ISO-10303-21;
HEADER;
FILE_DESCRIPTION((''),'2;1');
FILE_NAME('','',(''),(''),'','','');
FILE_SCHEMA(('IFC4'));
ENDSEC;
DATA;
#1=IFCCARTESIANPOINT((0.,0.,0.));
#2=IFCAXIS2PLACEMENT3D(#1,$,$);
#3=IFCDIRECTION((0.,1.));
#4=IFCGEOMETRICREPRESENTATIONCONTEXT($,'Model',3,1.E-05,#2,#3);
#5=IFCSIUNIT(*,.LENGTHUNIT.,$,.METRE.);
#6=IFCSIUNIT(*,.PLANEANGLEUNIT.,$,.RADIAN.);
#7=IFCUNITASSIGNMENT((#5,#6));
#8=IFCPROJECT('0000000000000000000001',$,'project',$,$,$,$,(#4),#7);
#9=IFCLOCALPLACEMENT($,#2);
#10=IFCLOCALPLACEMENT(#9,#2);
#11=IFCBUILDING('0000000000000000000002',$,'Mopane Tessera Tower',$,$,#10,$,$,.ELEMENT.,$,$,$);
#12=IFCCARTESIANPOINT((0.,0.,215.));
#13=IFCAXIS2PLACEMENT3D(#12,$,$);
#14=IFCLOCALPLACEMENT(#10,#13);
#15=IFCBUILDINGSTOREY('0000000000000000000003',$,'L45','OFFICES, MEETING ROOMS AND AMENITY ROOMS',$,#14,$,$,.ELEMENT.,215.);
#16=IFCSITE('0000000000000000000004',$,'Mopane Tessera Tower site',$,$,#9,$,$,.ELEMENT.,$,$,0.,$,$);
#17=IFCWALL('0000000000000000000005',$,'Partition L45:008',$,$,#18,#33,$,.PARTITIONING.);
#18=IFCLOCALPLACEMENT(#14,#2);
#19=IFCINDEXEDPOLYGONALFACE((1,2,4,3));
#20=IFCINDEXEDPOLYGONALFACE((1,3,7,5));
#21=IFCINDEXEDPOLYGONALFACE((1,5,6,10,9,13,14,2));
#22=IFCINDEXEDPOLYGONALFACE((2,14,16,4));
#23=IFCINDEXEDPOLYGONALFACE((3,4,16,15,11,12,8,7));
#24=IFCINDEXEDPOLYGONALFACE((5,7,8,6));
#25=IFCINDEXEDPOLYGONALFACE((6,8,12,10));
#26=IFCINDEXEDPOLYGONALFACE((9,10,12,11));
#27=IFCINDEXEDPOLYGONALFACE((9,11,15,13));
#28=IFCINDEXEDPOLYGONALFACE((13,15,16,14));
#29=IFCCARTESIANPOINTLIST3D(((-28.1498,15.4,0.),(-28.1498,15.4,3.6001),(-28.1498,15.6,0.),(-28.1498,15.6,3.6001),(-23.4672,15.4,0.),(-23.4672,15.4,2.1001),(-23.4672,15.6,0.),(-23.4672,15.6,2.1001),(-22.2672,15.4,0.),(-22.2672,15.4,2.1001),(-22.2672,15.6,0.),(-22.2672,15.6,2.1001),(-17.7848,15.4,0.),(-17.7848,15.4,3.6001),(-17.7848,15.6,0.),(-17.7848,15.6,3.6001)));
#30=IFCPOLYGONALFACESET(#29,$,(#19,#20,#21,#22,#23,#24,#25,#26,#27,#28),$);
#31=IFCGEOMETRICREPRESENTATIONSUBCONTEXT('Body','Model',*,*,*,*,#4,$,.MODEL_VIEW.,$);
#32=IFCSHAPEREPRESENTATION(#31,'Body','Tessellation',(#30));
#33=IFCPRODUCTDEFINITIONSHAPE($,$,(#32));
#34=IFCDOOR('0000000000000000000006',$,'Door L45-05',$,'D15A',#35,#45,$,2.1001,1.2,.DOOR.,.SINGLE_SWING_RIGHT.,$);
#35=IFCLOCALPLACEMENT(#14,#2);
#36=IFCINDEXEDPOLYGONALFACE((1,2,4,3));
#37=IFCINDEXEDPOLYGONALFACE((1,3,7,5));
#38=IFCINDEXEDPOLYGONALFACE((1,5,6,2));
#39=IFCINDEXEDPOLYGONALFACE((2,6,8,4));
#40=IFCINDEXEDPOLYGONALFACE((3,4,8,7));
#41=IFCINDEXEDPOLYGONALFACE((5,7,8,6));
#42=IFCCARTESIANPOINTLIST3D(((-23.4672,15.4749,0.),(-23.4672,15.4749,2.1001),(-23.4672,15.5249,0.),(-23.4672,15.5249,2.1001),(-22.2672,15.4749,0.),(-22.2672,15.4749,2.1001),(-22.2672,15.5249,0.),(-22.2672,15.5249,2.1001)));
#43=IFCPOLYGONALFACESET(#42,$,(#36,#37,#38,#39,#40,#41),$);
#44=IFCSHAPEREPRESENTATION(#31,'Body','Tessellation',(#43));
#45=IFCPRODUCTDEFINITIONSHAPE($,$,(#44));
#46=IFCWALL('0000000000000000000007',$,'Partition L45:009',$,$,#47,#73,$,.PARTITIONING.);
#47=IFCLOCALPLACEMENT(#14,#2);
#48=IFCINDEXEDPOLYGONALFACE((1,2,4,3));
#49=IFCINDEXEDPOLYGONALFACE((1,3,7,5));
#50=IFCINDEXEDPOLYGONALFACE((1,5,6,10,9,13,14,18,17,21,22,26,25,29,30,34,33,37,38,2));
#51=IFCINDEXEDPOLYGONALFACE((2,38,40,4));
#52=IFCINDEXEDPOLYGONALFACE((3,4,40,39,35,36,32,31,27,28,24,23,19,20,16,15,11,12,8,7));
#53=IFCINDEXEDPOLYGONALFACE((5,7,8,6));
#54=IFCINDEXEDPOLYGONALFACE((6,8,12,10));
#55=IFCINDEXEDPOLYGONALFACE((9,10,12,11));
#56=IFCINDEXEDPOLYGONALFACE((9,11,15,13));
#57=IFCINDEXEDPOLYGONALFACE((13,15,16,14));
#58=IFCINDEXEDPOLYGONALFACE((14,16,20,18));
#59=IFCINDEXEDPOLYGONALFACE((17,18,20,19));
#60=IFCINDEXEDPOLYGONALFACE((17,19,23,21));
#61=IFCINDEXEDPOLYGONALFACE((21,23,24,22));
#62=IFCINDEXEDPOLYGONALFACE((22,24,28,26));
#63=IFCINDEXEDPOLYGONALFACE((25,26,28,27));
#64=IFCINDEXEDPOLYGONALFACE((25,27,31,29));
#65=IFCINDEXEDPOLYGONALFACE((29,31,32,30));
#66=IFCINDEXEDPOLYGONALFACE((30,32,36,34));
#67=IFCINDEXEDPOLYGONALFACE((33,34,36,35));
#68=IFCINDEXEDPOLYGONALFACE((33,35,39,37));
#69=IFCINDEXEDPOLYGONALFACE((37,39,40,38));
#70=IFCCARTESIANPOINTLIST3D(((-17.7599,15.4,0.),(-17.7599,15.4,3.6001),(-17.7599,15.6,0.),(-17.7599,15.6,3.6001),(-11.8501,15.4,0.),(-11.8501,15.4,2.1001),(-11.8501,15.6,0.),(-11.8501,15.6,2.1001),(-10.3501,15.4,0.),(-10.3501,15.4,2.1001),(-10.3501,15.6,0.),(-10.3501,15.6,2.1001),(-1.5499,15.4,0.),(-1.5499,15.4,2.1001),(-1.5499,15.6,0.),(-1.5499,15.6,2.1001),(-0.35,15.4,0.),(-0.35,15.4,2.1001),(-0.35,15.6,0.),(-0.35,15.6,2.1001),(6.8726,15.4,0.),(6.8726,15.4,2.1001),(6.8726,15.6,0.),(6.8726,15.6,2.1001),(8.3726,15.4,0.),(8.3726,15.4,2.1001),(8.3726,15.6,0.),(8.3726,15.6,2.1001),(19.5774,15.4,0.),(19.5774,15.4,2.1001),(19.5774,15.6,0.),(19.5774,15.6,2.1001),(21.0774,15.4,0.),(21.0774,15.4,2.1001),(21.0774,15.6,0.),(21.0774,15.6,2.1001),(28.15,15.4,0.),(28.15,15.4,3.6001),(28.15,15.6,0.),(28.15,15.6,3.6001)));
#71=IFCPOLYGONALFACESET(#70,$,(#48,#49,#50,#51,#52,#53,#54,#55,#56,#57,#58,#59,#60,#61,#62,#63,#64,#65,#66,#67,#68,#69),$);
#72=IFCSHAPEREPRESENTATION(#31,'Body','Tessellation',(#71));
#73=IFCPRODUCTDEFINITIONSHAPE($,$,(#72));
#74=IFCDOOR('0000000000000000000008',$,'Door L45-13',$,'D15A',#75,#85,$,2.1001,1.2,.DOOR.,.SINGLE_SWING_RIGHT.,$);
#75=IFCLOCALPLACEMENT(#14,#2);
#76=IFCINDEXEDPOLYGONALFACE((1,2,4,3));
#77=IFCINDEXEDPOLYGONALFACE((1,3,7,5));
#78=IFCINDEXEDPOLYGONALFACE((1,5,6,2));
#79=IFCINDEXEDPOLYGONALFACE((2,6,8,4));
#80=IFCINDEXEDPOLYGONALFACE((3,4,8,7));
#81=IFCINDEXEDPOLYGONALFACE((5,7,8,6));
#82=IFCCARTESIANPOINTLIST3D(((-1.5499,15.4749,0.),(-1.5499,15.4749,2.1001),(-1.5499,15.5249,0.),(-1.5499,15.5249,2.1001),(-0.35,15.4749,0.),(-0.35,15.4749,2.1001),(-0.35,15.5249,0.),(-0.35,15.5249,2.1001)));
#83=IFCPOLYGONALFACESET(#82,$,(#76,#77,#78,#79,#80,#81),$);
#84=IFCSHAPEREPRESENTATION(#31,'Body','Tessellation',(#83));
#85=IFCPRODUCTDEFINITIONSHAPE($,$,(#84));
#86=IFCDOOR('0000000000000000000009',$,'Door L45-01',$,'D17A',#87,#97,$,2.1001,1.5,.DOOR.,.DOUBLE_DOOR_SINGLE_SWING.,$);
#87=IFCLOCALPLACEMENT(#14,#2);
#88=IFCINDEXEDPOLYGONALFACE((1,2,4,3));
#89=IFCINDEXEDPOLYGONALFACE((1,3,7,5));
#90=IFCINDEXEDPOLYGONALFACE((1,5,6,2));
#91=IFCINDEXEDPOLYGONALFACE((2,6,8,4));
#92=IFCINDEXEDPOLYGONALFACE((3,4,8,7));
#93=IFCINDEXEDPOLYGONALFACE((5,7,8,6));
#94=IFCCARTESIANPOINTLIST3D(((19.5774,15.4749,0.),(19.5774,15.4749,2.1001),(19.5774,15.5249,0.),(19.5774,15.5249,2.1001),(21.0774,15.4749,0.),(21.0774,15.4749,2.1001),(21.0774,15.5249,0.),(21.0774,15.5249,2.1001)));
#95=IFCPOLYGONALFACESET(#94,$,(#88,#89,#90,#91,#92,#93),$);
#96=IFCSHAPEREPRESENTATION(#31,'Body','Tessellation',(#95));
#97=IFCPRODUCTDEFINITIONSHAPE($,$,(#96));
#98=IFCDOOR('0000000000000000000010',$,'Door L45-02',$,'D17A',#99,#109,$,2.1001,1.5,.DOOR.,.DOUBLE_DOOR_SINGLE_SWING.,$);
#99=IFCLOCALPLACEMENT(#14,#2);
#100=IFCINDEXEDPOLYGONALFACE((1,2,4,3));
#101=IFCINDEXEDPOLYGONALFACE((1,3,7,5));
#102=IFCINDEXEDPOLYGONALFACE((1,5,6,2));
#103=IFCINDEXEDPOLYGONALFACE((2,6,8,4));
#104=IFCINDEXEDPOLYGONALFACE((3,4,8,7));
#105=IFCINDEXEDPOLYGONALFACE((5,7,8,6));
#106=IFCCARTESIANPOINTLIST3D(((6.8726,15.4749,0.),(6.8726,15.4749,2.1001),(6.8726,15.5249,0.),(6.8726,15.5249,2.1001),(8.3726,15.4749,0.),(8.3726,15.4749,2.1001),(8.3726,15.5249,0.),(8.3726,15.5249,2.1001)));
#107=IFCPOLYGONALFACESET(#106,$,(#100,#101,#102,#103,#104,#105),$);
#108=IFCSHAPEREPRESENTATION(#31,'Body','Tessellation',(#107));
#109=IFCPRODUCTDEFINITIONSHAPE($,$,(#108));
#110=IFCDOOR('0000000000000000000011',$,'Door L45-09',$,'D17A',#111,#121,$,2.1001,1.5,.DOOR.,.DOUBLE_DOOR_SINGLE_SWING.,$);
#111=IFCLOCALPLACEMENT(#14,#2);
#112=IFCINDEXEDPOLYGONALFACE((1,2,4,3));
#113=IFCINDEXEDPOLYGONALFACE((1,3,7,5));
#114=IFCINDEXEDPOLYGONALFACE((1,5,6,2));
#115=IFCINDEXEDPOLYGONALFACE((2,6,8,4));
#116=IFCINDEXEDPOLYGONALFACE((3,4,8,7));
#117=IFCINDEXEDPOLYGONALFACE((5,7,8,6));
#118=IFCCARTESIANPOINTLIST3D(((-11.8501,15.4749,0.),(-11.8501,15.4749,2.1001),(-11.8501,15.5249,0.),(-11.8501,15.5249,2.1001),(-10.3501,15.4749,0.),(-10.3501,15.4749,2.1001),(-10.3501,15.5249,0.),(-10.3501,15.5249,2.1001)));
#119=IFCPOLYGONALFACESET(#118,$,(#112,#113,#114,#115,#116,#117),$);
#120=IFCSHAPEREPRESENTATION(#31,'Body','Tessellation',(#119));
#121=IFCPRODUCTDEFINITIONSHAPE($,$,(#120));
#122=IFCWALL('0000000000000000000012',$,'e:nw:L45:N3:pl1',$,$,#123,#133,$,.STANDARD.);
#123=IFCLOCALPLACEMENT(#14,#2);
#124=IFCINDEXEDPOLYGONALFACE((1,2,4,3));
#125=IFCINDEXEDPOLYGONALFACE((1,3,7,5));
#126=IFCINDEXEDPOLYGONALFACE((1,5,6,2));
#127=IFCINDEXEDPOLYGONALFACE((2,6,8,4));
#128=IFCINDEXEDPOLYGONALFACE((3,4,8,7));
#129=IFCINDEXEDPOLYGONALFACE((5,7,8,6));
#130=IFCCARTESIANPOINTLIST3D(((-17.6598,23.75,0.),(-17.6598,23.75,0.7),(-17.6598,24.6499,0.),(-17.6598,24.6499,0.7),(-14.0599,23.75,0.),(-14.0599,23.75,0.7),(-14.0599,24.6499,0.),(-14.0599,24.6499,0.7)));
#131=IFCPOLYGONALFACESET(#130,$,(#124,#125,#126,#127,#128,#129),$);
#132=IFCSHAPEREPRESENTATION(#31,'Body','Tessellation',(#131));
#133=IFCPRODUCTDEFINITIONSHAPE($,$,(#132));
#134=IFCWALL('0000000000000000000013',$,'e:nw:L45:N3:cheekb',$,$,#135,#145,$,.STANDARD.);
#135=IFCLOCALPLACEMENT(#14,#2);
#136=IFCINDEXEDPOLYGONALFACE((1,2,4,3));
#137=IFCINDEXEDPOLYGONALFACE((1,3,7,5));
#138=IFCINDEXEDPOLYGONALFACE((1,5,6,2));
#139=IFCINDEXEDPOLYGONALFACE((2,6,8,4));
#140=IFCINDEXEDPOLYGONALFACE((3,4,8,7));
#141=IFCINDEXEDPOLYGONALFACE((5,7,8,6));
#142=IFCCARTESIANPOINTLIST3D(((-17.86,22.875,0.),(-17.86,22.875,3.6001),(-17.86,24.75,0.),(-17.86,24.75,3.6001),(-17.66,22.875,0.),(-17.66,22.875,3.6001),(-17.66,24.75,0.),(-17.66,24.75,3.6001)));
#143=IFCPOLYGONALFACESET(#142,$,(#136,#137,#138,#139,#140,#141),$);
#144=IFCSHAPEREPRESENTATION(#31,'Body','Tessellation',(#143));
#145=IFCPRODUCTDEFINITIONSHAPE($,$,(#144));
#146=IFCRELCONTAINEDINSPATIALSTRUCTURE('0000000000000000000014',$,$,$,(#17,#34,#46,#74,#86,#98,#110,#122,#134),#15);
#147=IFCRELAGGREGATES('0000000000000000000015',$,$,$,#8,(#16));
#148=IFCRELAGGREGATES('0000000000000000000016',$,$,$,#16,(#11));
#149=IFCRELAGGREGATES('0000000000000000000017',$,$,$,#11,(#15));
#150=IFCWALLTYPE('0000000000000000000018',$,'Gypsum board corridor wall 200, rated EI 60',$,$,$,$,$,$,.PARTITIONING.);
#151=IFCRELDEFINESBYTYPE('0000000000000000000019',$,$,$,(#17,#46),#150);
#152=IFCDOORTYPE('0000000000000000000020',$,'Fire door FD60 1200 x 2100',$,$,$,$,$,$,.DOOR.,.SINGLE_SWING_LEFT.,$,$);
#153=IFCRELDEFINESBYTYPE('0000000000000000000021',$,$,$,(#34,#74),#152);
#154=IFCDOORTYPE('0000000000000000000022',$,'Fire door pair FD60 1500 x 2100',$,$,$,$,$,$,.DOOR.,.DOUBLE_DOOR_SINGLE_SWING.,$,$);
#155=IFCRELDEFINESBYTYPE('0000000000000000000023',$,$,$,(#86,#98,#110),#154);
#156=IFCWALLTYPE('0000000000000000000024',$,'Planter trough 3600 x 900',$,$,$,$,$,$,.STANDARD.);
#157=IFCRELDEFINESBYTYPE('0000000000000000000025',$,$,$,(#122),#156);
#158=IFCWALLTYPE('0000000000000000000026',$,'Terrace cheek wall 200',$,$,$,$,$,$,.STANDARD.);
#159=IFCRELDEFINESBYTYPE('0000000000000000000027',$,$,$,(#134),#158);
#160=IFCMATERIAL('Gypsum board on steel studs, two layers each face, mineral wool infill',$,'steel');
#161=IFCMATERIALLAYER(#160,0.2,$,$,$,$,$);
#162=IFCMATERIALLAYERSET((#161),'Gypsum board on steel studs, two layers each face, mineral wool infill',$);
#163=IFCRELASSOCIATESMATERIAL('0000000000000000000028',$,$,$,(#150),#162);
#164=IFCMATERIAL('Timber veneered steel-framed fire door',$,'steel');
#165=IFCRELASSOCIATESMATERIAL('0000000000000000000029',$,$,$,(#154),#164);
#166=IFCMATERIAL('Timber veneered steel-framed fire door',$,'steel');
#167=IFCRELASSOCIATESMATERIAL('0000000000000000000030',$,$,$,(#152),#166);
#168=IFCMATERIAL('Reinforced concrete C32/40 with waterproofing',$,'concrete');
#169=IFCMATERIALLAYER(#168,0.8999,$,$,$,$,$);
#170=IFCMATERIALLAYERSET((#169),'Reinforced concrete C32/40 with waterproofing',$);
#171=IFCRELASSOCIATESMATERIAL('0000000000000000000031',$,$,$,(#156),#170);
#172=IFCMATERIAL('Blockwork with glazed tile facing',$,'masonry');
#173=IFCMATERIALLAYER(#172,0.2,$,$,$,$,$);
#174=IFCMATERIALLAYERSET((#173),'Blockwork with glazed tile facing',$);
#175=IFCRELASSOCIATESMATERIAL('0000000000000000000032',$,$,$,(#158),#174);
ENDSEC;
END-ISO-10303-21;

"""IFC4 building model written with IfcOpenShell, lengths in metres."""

from ifc_helpers import new_model, si_unit, direction, frame, frame_2d, origin, place, context, subcontext, project, spatial, rectangle, extrude, material, layer, layer_set, type_object, element, fill, save


model = new_model("IFC4")

# Units and contexts
model_context = context("Model", 3, precision=1e-05, world=origin(), true_north=direction((0.0, 1.0)))
body_context = subcontext(model_context, "Body", "Model", "MODEL_VIEW")
ifc_project = project(units=[si_unit("LENGTHUNIT", "METRE"), si_unit("PLANEANGLEUNIT", "RADIAN")], contexts=[model_context])

# Site, building, storey
site_placement = place(None, origin())
site = spatial("IfcSite", under=ifc_project, at=site_placement, Name="Mopane Tessera Tower site", CompositionType="ELEMENT", RefElevation=0.0)
building_placement = place(site_placement, origin())
building = spatial("IfcBuilding", under=site, at=building_placement, Name="Mopane Tessera Tower", CompositionType="ELEMENT")
storey_placement = place(building_placement, frame((0.0, 0.0, 215.0)))
storey = spatial("IfcBuildingStorey", under=building, at=storey_placement, Name="L45", Description="OFFICES, MEETING ROOMS AND AMENITY ROOMS", CompositionType="ELEMENT", Elevation=215.0)

# Wall, opening, door
ifc_material_1 = material(Name="Gypsum board on steel studs, two layers each face, mineral wool infill", Category="steel")
ifc_layer_1 = layer(ifc_material_1, 0.2)
ifc_layer_set_1 = layer_set([ifc_layer_1], Name="Gypsum board on steel studs, two layers each face, mineral wool infill")
wall_type_1 = type_object("IfcWallType", Name="Gypsum board corridor wall 200, rated EI 60", PredefinedType="PARTITIONING", material=ifc_layer_set_1)
ifc_material_2 = material(Name="Timber veneered steel-framed fire door", Category="steel")
door_type_1 = type_object("IfcDoorType", Name="Fire door pair FD60 1500 x 2100", OperationType="DOUBLE_DOOR_SINGLE_SWING", PredefinedType="DOOR", material=ifc_material_2)
wall_1_placement = place(storey_placement, frame((-28.1499, 15.5, 0.0), z_axis=(0.0, 0.0, 1.0), x_axis=(1.0, 0.0, 0.0)))
wall_1 = element("IfcWall", 1, at=wall_1_placement, inside=storey, type_object=wall_type_1, Name="Partition L45:008", PredefinedType="PARTITIONING", context=body_context, shape_type="SweptSolid", body=[
    extrude(rectangle(XDim=10.365, YDim=0.2, at=frame_2d((5.1826, 0.0))), origin(), (0.0, 0.0, 1.0), 3.6001),
])
opening_1_placement = place(wall_1_placement, frame((4.6826, 0.0, 0.0)))
opening_1 = element("IfcOpeningElement", 2, at=opening_1_placement, cuts=wall_1, PredefinedType="OPENING", context=body_context, shape_type="SweptSolid", body=[
    extrude(rectangle(XDim=1.2, YDim=2.1001, at=frame_2d((0.6001, 1.05))), frame((0.0, 0.1121, 0.0), z_axis=(0.0, -1.0, 0.0), x_axis=(1.0, 0.0, 0.0)), (0.0, 0.0, 1.0), 0.2239),
])
ifc_material_3 = material(Name="Timber veneered steel-framed fire door", Category="steel")
door_type_2 = type_object("IfcDoorType", Name="Fire door FD60 1200 x 2100", OperationType="SINGLE_SWING_LEFT", PredefinedType="DOOR", material=ifc_material_3)
door_1_placement = place(opening_1_placement, origin())
door_1 = element("IfcDoor", 3, at=door_1_placement, inside=storey, type_object=door_type_2, Name="Door L45-05", ObjectType="D15A", OperationType="SINGLE_SWING_RIGHT", OverallHeight=2.1001, OverallWidth=1.2, PredefinedType="DOOR", context=body_context, shape_type="SweptSolid", body=[
    extrude(rectangle(XDim=1.2, YDim=2.1001, at=frame_2d((0.6001, 1.05))), frame((0.0, 0.0249, 0.0), z_axis=(0.0, -1.0, 0.0), x_axis=(1.0, 0.0, 0.0)), (0.0, 0.0, 1.0), 0.05),
])
fill(opening_1, door_1)

# Wall, openings, doors
wall_2_placement = place(storey_placement, frame((-17.76, 15.5, 0.0), z_axis=(0.0, 0.0, 1.0), x_axis=(1.0, 0.0, 0.0)))
wall_2 = element("IfcWall", 4, at=wall_2_placement, inside=storey, type_object=wall_type_1, Name="Partition L45:009", PredefinedType="PARTITIONING", context=body_context, shape_type="SweptSolid", body=[
    extrude(rectangle(XDim=45.9099, YDim=0.2, at=frame_2d((22.9551, 0.0))), origin(), (0.0, 0.0, 1.0), 3.6001),
])
opening_2_placement = place(wall_2_placement, frame((37.3374, 0.0, 0.0)))
opening_2 = element("IfcOpeningElement", 5, at=opening_2_placement, cuts=wall_2, PredefinedType="OPENING", context=body_context, shape_type="SweptSolid", body=[
    extrude(rectangle(XDim=1.5, YDim=2.1001, at=frame_2d((0.75, 1.05))), frame((0.0, 0.1121, 0.0), z_axis=(0.0, -1.0, 0.0), x_axis=(1.0, 0.0, 0.0)), (0.0, 0.0, 1.0), 0.2239),
])
opening_3_placement = place(wall_2_placement, frame((24.6326, 0.0, 0.0)))
opening_3 = element("IfcOpeningElement", 6, at=opening_3_placement, cuts=wall_2, PredefinedType="OPENING", context=body_context, shape_type="SweptSolid", body=[
    extrude(rectangle(XDim=1.5, YDim=2.1001, at=frame_2d((0.75, 1.05))), frame((0.0, 0.1121, 0.0), z_axis=(0.0, -1.0, 0.0), x_axis=(1.0, 0.0, 0.0)), (0.0, 0.0, 1.0), 0.2239),
])
opening_4_placement = place(wall_2_placement, frame((5.9099, 0.0, 0.0)))
opening_4 = element("IfcOpeningElement", 7, at=opening_4_placement, cuts=wall_2, PredefinedType="OPENING", context=body_context, shape_type="SweptSolid", body=[
    extrude(rectangle(XDim=1.5, YDim=2.1001, at=frame_2d((0.75, 1.05))), frame((0.0, 0.1121, 0.0), z_axis=(0.0, -1.0, 0.0), x_axis=(1.0, 0.0, 0.0)), (0.0, 0.0, 1.0), 0.2239),
])
opening_5_placement = place(wall_2_placement, frame((16.21, 0.0, 0.0)))
opening_5 = element("IfcOpeningElement", 8, at=opening_5_placement, cuts=wall_2, PredefinedType="OPENING", context=body_context, shape_type="SweptSolid", body=[
    extrude(rectangle(XDim=1.2, YDim=2.1001, at=frame_2d((0.6001, 1.05))), frame((0.0, 0.1121, 0.0), z_axis=(0.0, -1.0, 0.0), x_axis=(1.0, 0.0, 0.0)), (0.0, 0.0, 1.0), 0.2239),
])
door_2_placement = place(opening_5_placement, origin())
door_2 = element("IfcDoor", 9, at=door_2_placement, inside=storey, type_object=door_type_2, Name="Door L45-13", ObjectType="D15A", OperationType="SINGLE_SWING_RIGHT", OverallHeight=2.1001, OverallWidth=1.2, PredefinedType="DOOR", context=body_context, shape_type="SweptSolid", body=[
    extrude(rectangle(XDim=1.2, YDim=2.1001, at=frame_2d((0.6001, 1.05))), frame((0.0, 0.0249, 0.0), z_axis=(0.0, -1.0, 0.0), x_axis=(1.0, 0.0, 0.0)), (0.0, 0.0, 1.0), 0.05),
])
fill(opening_5, door_2)
door_3_placement = place(opening_2_placement, origin())
door_3 = element("IfcDoor", 10, at=door_3_placement, inside=storey, type_object=door_type_1, Name="Door L45-01", ObjectType="D17A", OperationType="DOUBLE_DOOR_SINGLE_SWING", OverallHeight=2.1001, OverallWidth=1.5, PredefinedType="DOOR", context=body_context, shape_type="SweptSolid", body=[
    extrude(rectangle(XDim=1.5, YDim=2.1001, at=frame_2d((0.75, 1.05))), frame((0.0, 0.0249, 0.0), z_axis=(0.0, -1.0, 0.0), x_axis=(1.0, 0.0, 0.0)), (0.0, 0.0, 1.0), 0.05),
])
fill(opening_2, door_3)
door_4_placement = place(opening_3_placement, origin())
door_4 = element("IfcDoor", 11, at=door_4_placement, inside=storey, type_object=door_type_1, Name="Door L45-02", ObjectType="D17A", OperationType="DOUBLE_DOOR_SINGLE_SWING", OverallHeight=2.1001, OverallWidth=1.5, PredefinedType="DOOR", context=body_context, shape_type="SweptSolid", body=[
    extrude(rectangle(XDim=1.5, YDim=2.1001, at=frame_2d((0.75, 1.05))), frame((0.0, 0.0249, 0.0), z_axis=(0.0, -1.0, 0.0), x_axis=(1.0, 0.0, 0.0)), (0.0, 0.0, 1.0), 0.05),
])
fill(opening_3, door_4)
door_5_placement = place(opening_4_placement, origin())
door_5 = element("IfcDoor", 12, at=door_5_placement, inside=storey, type_object=door_type_1, Name="Door L45-09", ObjectType="D17A", OperationType="DOUBLE_DOOR_SINGLE_SWING", OverallHeight=2.1001, OverallWidth=1.5, PredefinedType="DOOR", context=body_context, shape_type="SweptSolid", body=[
    extrude(rectangle(XDim=1.5, YDim=2.1001, at=frame_2d((0.75, 1.05))), frame((0.0, 0.0249, 0.0), z_axis=(0.0, -1.0, 0.0), x_axis=(1.0, 0.0, 0.0)), (0.0, 0.0, 1.0), 0.05),
])
fill(opening_4, door_5)

# Walls
ifc_material_4 = material(Name="Reinforced concrete C32/40 with waterproofing", Category="concrete")
ifc_layer_2 = layer(ifc_material_4, 0.8999)
ifc_layer_set_2 = layer_set([ifc_layer_2], Name="Reinforced concrete C32/40 with waterproofing")
wall_type_2 = type_object("IfcWallType", Name="Planter trough 3600 x 900", PredefinedType="STANDARD", material=ifc_layer_set_2)
wall_3_placement = place(storey_placement, frame((-14.0601, 24.2, 0.0), z_axis=(0.0, 0.0, 1.0), x_axis=(-1.0, 0.0, 0.0)))
element("IfcWall", 13, at=wall_3_placement, inside=storey, type_object=wall_type_2, Name="e:nw:L45:N3:pl1", PredefinedType="STANDARD", context=body_context, shape_type="SweptSolid", body=[
    extrude(rectangle(XDim=3.5999, YDim=0.8999, at=frame_2d((1.7998, 0.0))), origin(), (0.0, 0.0, 1.0), 0.7),
])
ifc_material_5 = material(Name="Blockwork with glazed tile facing", Category="masonry")
ifc_layer_3 = layer(ifc_material_5, 0.2)
ifc_layer_set_3 = layer_set([ifc_layer_3], Name="Blockwork with glazed tile facing")
wall_type_3 = type_object("IfcWallType", Name="Terrace cheek wall 200", PredefinedType="STANDARD", material=ifc_layer_set_3)
wall_4_placement = place(storey_placement, frame((-17.76, 24.75, 0.0), z_axis=(0.0, 0.0, 1.0), x_axis=(0.0, -1.0, 0.0)))
element("IfcWall", 14, at=wall_4_placement, inside=storey, type_object=wall_type_3, Name="e:nw:L45:N3:cheekb", PredefinedType="STANDARD", context=body_context, shape_type="SweptSolid", body=[
    extrude(rectangle(XDim=1.875, YDim=0.2, at=frame_2d((0.9375, 0.0))), origin(), (0.0, 0.0, 1.0), 3.6001),
])

save(model, "model.ifc")
